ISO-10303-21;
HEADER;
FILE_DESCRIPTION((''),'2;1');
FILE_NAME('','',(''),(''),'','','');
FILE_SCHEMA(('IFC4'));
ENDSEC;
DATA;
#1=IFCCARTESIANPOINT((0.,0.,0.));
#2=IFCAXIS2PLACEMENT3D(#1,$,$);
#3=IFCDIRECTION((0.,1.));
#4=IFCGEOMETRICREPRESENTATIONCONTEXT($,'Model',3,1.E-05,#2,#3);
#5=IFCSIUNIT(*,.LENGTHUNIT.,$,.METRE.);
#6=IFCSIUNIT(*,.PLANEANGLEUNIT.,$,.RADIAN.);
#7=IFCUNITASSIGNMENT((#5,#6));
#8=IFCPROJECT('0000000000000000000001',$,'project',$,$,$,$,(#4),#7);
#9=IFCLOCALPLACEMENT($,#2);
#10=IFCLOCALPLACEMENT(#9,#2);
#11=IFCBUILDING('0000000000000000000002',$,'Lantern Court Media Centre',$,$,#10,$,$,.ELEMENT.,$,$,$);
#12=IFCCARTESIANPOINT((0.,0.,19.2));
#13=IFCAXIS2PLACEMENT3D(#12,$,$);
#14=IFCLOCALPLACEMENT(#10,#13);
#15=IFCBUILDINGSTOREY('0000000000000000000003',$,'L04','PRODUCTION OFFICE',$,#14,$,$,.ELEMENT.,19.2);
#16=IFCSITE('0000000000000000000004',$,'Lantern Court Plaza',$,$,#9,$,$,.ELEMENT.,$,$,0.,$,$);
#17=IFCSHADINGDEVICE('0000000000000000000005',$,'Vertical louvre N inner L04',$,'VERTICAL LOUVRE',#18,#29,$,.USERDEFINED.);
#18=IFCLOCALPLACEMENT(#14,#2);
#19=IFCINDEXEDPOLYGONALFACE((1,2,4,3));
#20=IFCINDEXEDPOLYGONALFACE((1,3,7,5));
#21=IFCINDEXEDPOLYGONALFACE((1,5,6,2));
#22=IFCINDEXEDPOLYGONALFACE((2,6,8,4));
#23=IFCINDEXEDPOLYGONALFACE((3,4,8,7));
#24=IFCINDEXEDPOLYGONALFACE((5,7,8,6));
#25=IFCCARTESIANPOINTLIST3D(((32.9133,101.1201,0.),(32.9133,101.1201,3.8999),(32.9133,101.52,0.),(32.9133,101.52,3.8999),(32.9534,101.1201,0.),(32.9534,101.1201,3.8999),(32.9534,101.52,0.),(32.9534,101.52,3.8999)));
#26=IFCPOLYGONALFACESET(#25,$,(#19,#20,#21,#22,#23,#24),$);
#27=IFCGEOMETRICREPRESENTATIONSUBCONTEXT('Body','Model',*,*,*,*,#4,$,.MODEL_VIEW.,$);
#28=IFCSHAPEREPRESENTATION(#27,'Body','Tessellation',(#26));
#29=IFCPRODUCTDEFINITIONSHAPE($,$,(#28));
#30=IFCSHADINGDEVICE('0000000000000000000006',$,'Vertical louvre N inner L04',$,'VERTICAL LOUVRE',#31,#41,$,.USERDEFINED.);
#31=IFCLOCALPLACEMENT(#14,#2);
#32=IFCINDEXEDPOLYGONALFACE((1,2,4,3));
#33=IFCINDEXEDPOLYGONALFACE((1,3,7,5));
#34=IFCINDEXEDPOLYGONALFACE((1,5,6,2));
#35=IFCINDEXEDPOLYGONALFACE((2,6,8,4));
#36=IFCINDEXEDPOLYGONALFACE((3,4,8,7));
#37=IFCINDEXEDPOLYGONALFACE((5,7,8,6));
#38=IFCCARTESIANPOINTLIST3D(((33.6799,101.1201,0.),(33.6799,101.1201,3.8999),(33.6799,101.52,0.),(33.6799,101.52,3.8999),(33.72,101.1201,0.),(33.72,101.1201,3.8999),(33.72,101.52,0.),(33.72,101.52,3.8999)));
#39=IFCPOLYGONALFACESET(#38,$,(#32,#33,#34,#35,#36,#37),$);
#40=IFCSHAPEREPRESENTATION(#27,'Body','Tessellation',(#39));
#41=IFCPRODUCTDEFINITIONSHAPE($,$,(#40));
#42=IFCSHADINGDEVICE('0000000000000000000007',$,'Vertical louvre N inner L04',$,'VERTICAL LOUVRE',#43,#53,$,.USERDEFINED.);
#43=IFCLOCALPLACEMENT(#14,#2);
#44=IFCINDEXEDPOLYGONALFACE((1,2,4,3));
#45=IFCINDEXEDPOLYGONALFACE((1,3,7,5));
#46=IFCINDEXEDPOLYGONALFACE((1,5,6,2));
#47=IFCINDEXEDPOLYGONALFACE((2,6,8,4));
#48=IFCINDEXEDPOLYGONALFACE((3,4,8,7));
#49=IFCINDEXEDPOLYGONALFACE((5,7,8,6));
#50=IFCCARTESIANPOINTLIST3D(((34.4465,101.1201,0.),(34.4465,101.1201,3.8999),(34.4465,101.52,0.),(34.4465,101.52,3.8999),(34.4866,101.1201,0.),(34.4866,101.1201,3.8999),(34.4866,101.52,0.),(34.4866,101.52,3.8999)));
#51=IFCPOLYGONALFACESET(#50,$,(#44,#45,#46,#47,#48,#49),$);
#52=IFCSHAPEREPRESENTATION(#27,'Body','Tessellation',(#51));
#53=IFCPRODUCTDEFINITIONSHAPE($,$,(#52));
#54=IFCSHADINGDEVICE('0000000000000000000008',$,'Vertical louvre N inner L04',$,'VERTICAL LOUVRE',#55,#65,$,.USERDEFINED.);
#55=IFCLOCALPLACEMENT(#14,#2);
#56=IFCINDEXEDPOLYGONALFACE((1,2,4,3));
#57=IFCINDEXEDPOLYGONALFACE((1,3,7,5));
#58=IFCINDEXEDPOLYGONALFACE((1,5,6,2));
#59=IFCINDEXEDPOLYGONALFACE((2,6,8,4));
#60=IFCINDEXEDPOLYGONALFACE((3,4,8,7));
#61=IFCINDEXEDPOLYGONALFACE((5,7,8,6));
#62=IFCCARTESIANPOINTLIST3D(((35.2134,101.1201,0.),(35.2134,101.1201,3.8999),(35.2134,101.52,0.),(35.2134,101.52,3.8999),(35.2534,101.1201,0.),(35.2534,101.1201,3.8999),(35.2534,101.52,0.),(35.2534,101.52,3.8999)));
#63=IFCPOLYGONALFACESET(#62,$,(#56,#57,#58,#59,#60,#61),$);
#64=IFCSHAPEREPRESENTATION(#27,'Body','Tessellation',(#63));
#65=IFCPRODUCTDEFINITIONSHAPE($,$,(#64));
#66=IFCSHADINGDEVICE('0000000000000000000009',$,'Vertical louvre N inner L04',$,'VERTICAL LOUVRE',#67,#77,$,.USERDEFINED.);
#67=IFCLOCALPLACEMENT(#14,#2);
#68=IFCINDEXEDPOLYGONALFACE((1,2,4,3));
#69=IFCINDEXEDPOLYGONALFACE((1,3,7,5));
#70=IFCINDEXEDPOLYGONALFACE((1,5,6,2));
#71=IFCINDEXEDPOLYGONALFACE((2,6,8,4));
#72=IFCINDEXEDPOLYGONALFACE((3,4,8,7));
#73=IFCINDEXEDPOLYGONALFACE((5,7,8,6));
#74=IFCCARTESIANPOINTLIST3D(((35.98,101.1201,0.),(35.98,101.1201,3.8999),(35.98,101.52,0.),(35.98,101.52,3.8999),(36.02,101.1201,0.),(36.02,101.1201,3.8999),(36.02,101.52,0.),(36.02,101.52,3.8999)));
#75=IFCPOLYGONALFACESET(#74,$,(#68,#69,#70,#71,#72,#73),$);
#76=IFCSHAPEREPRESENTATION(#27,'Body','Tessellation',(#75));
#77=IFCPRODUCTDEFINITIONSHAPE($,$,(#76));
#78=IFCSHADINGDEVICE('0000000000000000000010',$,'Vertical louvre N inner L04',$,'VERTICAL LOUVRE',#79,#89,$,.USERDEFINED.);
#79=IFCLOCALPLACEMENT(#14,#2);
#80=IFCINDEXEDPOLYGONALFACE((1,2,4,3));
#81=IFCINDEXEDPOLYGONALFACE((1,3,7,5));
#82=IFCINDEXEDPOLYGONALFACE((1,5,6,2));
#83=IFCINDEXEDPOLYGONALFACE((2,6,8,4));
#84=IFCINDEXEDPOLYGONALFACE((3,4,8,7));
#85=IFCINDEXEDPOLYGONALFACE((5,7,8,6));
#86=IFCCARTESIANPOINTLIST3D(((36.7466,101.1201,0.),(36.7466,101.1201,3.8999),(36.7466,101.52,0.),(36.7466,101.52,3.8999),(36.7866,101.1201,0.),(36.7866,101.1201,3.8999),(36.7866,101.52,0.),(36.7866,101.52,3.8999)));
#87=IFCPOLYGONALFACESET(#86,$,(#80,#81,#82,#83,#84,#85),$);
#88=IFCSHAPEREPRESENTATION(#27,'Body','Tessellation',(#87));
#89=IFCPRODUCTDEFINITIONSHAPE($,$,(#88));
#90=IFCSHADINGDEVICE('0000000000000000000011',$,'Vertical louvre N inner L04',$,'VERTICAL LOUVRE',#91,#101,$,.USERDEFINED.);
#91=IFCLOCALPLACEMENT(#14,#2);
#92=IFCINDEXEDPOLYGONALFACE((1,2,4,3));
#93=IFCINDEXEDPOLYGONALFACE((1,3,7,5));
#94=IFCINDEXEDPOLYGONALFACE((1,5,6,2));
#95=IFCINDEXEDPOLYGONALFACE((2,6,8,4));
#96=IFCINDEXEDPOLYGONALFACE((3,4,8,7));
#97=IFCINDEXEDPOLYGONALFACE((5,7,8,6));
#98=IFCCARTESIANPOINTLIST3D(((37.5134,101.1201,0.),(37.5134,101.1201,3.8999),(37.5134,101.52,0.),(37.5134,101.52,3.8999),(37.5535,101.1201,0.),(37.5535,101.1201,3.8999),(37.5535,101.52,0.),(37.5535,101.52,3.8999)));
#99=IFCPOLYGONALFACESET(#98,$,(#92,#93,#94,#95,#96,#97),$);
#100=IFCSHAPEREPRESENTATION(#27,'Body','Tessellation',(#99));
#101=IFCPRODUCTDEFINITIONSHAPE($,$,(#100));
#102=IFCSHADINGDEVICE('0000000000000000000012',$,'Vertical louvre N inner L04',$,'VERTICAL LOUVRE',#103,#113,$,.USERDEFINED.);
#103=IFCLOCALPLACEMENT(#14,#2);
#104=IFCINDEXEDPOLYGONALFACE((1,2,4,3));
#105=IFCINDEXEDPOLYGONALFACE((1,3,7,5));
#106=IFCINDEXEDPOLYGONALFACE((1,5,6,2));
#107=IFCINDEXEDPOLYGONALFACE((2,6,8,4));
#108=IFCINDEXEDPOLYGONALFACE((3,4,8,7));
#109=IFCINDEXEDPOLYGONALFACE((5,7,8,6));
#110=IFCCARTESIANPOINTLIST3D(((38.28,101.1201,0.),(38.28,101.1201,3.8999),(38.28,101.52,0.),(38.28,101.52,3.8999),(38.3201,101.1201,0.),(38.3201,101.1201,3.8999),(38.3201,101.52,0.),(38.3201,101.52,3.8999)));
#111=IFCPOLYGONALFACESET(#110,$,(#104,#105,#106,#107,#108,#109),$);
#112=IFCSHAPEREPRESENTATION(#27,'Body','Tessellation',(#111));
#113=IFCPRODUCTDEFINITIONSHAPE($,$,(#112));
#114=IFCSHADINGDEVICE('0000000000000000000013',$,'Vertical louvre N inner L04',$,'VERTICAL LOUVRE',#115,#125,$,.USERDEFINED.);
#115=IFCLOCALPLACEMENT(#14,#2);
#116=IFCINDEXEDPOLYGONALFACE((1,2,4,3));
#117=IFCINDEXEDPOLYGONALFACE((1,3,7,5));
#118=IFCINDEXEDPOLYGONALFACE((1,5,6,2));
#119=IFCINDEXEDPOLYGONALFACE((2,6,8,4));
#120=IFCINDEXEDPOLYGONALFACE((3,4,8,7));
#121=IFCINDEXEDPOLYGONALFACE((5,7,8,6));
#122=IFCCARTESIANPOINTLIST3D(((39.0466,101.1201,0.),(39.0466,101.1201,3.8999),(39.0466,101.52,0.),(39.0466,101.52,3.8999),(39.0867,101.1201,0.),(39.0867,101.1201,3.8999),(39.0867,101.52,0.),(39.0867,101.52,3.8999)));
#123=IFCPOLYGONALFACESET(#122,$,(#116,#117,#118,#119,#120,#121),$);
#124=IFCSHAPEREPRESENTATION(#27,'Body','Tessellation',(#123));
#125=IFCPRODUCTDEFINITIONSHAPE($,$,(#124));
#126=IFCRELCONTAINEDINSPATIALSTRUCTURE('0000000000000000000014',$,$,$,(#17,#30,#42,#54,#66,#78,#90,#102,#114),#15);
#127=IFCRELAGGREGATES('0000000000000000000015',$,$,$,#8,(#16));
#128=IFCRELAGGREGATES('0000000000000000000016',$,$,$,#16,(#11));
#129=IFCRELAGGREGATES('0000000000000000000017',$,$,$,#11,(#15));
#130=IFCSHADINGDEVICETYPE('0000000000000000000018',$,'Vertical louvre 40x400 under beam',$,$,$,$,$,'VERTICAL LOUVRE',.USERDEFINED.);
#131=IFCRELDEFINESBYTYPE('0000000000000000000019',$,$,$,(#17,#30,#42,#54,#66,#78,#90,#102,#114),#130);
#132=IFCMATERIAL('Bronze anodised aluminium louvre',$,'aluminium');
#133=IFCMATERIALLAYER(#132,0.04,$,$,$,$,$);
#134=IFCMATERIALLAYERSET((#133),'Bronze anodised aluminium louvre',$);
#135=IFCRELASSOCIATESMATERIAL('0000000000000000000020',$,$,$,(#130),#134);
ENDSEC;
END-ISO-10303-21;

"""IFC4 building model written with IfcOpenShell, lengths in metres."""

from ifc_helpers import new_model, si_unit, direction, frame, origin, origin_2d, place, context, subcontext, project, spatial, rectangle, extrude, material, layer, layer_set, type_object, element, save


model = new_model("IFC4")

# Units and contexts
model_context = context("Model", 3, precision=1e-05, world=origin(), true_north=direction((0.0, 1.0)))
body_context = subcontext(model_context, "Body", "Model", "MODEL_VIEW")
ifc_project = project(units=[si_unit("LENGTHUNIT", "METRE"), si_unit("PLANEANGLEUNIT", "RADIAN")], contexts=[model_context])

# Site, building, storey
site_placement = place(None, origin())
site = spatial("IfcSite", under=ifc_project, at=site_placement, Name="Lantern Court Plaza", CompositionType="ELEMENT", RefElevation=0.0)
building_placement = place(site_placement, origin())
building = spatial("IfcBuilding", under=site, at=building_placement, Name="Lantern Court Media Centre", CompositionType="ELEMENT")
storey_placement = place(building_placement, frame((0.0, 0.0, 19.2)))
storey = spatial("IfcBuildingStorey", under=building, at=storey_placement, Name="L04", Description="PRODUCTION OFFICE", CompositionType="ELEMENT", Elevation=19.2)

# Shading devices
ifc_material_1 = material(Name="Bronze anodised aluminium louvre", Category="aluminium")
ifc_layer_1 = layer(ifc_material_1, 0.04)
ifc_layer_set_1 = layer_set([ifc_layer_1], Name="Bronze anodised aluminium louvre")
shading_device_type = type_object("IfcShadingDeviceType", Name="Vertical louvre 40x400 under beam", ElementType="VERTICAL LOUVRE", PredefinedType="USERDEFINED", material=ifc_layer_set_1)
for number, where, z_axis, x_axis, name in (
    (1, (32.9333, 101.3201, 0.0), (0.0, 0.0, 1.0), (1.0, 0.0, 0.0), "Vertical louvre N inner L04"),
    (2, (33.7, 101.3201, 0.0), (0.0, 0.0, 1.0), (1.0, 0.0, 0.0), "Vertical louvre N inner L04"),
    (3, (34.4666, 101.3201, 0.0), (0.0, 0.0, 1.0), (1.0, 0.0, 0.0), "Vertical louvre N inner L04"),
    (4, (35.2334, 101.3201, 0.0), (0.0, 0.0, 1.0), (1.0, 0.0, 0.0), "Vertical louvre N inner L04"),
    (5, (36.0, 101.3201, 0.0), (0.0, 0.0, 1.0), (1.0, 0.0, 0.0), "Vertical louvre N inner L04"),
    (6, (36.7666, 101.3201, 0.0), (0.0, 0.0, 1.0), (1.0, 0.0, 0.0), "Vertical louvre N inner L04"),
    (7, (37.5334, 101.3201, 0.0), (0.0, 0.0, 1.0), (1.0, 0.0, 0.0), "Vertical louvre N inner L04"),
    (8, (38.3, 101.3201, 0.0), (0.0, 0.0, 1.0), (1.0, 0.0, 0.0), "Vertical louvre N inner L04"),
    (9, (39.0667, 101.3201, 0.0), (0.0, 0.0, 1.0), (1.0, 0.0, 0.0), "Vertical louvre N inner L04"),
):
    element("IfcShadingDevice", number, at=place(storey_placement, frame(where, z_axis=z_axis, x_axis=x_axis)), inside=storey, type_object=shading_device_type, Name=name, ObjectType="VERTICAL LOUVRE", PredefinedType="USERDEFINED", context=body_context, shape_type="SweptSolid", body=[
        extrude(rectangle(XDim=0.04, YDim=0.3999, at=origin_2d()), origin(), (0.0, 0.0, 1.0), 3.8999),
    ])

save(model, "model.ifc")
